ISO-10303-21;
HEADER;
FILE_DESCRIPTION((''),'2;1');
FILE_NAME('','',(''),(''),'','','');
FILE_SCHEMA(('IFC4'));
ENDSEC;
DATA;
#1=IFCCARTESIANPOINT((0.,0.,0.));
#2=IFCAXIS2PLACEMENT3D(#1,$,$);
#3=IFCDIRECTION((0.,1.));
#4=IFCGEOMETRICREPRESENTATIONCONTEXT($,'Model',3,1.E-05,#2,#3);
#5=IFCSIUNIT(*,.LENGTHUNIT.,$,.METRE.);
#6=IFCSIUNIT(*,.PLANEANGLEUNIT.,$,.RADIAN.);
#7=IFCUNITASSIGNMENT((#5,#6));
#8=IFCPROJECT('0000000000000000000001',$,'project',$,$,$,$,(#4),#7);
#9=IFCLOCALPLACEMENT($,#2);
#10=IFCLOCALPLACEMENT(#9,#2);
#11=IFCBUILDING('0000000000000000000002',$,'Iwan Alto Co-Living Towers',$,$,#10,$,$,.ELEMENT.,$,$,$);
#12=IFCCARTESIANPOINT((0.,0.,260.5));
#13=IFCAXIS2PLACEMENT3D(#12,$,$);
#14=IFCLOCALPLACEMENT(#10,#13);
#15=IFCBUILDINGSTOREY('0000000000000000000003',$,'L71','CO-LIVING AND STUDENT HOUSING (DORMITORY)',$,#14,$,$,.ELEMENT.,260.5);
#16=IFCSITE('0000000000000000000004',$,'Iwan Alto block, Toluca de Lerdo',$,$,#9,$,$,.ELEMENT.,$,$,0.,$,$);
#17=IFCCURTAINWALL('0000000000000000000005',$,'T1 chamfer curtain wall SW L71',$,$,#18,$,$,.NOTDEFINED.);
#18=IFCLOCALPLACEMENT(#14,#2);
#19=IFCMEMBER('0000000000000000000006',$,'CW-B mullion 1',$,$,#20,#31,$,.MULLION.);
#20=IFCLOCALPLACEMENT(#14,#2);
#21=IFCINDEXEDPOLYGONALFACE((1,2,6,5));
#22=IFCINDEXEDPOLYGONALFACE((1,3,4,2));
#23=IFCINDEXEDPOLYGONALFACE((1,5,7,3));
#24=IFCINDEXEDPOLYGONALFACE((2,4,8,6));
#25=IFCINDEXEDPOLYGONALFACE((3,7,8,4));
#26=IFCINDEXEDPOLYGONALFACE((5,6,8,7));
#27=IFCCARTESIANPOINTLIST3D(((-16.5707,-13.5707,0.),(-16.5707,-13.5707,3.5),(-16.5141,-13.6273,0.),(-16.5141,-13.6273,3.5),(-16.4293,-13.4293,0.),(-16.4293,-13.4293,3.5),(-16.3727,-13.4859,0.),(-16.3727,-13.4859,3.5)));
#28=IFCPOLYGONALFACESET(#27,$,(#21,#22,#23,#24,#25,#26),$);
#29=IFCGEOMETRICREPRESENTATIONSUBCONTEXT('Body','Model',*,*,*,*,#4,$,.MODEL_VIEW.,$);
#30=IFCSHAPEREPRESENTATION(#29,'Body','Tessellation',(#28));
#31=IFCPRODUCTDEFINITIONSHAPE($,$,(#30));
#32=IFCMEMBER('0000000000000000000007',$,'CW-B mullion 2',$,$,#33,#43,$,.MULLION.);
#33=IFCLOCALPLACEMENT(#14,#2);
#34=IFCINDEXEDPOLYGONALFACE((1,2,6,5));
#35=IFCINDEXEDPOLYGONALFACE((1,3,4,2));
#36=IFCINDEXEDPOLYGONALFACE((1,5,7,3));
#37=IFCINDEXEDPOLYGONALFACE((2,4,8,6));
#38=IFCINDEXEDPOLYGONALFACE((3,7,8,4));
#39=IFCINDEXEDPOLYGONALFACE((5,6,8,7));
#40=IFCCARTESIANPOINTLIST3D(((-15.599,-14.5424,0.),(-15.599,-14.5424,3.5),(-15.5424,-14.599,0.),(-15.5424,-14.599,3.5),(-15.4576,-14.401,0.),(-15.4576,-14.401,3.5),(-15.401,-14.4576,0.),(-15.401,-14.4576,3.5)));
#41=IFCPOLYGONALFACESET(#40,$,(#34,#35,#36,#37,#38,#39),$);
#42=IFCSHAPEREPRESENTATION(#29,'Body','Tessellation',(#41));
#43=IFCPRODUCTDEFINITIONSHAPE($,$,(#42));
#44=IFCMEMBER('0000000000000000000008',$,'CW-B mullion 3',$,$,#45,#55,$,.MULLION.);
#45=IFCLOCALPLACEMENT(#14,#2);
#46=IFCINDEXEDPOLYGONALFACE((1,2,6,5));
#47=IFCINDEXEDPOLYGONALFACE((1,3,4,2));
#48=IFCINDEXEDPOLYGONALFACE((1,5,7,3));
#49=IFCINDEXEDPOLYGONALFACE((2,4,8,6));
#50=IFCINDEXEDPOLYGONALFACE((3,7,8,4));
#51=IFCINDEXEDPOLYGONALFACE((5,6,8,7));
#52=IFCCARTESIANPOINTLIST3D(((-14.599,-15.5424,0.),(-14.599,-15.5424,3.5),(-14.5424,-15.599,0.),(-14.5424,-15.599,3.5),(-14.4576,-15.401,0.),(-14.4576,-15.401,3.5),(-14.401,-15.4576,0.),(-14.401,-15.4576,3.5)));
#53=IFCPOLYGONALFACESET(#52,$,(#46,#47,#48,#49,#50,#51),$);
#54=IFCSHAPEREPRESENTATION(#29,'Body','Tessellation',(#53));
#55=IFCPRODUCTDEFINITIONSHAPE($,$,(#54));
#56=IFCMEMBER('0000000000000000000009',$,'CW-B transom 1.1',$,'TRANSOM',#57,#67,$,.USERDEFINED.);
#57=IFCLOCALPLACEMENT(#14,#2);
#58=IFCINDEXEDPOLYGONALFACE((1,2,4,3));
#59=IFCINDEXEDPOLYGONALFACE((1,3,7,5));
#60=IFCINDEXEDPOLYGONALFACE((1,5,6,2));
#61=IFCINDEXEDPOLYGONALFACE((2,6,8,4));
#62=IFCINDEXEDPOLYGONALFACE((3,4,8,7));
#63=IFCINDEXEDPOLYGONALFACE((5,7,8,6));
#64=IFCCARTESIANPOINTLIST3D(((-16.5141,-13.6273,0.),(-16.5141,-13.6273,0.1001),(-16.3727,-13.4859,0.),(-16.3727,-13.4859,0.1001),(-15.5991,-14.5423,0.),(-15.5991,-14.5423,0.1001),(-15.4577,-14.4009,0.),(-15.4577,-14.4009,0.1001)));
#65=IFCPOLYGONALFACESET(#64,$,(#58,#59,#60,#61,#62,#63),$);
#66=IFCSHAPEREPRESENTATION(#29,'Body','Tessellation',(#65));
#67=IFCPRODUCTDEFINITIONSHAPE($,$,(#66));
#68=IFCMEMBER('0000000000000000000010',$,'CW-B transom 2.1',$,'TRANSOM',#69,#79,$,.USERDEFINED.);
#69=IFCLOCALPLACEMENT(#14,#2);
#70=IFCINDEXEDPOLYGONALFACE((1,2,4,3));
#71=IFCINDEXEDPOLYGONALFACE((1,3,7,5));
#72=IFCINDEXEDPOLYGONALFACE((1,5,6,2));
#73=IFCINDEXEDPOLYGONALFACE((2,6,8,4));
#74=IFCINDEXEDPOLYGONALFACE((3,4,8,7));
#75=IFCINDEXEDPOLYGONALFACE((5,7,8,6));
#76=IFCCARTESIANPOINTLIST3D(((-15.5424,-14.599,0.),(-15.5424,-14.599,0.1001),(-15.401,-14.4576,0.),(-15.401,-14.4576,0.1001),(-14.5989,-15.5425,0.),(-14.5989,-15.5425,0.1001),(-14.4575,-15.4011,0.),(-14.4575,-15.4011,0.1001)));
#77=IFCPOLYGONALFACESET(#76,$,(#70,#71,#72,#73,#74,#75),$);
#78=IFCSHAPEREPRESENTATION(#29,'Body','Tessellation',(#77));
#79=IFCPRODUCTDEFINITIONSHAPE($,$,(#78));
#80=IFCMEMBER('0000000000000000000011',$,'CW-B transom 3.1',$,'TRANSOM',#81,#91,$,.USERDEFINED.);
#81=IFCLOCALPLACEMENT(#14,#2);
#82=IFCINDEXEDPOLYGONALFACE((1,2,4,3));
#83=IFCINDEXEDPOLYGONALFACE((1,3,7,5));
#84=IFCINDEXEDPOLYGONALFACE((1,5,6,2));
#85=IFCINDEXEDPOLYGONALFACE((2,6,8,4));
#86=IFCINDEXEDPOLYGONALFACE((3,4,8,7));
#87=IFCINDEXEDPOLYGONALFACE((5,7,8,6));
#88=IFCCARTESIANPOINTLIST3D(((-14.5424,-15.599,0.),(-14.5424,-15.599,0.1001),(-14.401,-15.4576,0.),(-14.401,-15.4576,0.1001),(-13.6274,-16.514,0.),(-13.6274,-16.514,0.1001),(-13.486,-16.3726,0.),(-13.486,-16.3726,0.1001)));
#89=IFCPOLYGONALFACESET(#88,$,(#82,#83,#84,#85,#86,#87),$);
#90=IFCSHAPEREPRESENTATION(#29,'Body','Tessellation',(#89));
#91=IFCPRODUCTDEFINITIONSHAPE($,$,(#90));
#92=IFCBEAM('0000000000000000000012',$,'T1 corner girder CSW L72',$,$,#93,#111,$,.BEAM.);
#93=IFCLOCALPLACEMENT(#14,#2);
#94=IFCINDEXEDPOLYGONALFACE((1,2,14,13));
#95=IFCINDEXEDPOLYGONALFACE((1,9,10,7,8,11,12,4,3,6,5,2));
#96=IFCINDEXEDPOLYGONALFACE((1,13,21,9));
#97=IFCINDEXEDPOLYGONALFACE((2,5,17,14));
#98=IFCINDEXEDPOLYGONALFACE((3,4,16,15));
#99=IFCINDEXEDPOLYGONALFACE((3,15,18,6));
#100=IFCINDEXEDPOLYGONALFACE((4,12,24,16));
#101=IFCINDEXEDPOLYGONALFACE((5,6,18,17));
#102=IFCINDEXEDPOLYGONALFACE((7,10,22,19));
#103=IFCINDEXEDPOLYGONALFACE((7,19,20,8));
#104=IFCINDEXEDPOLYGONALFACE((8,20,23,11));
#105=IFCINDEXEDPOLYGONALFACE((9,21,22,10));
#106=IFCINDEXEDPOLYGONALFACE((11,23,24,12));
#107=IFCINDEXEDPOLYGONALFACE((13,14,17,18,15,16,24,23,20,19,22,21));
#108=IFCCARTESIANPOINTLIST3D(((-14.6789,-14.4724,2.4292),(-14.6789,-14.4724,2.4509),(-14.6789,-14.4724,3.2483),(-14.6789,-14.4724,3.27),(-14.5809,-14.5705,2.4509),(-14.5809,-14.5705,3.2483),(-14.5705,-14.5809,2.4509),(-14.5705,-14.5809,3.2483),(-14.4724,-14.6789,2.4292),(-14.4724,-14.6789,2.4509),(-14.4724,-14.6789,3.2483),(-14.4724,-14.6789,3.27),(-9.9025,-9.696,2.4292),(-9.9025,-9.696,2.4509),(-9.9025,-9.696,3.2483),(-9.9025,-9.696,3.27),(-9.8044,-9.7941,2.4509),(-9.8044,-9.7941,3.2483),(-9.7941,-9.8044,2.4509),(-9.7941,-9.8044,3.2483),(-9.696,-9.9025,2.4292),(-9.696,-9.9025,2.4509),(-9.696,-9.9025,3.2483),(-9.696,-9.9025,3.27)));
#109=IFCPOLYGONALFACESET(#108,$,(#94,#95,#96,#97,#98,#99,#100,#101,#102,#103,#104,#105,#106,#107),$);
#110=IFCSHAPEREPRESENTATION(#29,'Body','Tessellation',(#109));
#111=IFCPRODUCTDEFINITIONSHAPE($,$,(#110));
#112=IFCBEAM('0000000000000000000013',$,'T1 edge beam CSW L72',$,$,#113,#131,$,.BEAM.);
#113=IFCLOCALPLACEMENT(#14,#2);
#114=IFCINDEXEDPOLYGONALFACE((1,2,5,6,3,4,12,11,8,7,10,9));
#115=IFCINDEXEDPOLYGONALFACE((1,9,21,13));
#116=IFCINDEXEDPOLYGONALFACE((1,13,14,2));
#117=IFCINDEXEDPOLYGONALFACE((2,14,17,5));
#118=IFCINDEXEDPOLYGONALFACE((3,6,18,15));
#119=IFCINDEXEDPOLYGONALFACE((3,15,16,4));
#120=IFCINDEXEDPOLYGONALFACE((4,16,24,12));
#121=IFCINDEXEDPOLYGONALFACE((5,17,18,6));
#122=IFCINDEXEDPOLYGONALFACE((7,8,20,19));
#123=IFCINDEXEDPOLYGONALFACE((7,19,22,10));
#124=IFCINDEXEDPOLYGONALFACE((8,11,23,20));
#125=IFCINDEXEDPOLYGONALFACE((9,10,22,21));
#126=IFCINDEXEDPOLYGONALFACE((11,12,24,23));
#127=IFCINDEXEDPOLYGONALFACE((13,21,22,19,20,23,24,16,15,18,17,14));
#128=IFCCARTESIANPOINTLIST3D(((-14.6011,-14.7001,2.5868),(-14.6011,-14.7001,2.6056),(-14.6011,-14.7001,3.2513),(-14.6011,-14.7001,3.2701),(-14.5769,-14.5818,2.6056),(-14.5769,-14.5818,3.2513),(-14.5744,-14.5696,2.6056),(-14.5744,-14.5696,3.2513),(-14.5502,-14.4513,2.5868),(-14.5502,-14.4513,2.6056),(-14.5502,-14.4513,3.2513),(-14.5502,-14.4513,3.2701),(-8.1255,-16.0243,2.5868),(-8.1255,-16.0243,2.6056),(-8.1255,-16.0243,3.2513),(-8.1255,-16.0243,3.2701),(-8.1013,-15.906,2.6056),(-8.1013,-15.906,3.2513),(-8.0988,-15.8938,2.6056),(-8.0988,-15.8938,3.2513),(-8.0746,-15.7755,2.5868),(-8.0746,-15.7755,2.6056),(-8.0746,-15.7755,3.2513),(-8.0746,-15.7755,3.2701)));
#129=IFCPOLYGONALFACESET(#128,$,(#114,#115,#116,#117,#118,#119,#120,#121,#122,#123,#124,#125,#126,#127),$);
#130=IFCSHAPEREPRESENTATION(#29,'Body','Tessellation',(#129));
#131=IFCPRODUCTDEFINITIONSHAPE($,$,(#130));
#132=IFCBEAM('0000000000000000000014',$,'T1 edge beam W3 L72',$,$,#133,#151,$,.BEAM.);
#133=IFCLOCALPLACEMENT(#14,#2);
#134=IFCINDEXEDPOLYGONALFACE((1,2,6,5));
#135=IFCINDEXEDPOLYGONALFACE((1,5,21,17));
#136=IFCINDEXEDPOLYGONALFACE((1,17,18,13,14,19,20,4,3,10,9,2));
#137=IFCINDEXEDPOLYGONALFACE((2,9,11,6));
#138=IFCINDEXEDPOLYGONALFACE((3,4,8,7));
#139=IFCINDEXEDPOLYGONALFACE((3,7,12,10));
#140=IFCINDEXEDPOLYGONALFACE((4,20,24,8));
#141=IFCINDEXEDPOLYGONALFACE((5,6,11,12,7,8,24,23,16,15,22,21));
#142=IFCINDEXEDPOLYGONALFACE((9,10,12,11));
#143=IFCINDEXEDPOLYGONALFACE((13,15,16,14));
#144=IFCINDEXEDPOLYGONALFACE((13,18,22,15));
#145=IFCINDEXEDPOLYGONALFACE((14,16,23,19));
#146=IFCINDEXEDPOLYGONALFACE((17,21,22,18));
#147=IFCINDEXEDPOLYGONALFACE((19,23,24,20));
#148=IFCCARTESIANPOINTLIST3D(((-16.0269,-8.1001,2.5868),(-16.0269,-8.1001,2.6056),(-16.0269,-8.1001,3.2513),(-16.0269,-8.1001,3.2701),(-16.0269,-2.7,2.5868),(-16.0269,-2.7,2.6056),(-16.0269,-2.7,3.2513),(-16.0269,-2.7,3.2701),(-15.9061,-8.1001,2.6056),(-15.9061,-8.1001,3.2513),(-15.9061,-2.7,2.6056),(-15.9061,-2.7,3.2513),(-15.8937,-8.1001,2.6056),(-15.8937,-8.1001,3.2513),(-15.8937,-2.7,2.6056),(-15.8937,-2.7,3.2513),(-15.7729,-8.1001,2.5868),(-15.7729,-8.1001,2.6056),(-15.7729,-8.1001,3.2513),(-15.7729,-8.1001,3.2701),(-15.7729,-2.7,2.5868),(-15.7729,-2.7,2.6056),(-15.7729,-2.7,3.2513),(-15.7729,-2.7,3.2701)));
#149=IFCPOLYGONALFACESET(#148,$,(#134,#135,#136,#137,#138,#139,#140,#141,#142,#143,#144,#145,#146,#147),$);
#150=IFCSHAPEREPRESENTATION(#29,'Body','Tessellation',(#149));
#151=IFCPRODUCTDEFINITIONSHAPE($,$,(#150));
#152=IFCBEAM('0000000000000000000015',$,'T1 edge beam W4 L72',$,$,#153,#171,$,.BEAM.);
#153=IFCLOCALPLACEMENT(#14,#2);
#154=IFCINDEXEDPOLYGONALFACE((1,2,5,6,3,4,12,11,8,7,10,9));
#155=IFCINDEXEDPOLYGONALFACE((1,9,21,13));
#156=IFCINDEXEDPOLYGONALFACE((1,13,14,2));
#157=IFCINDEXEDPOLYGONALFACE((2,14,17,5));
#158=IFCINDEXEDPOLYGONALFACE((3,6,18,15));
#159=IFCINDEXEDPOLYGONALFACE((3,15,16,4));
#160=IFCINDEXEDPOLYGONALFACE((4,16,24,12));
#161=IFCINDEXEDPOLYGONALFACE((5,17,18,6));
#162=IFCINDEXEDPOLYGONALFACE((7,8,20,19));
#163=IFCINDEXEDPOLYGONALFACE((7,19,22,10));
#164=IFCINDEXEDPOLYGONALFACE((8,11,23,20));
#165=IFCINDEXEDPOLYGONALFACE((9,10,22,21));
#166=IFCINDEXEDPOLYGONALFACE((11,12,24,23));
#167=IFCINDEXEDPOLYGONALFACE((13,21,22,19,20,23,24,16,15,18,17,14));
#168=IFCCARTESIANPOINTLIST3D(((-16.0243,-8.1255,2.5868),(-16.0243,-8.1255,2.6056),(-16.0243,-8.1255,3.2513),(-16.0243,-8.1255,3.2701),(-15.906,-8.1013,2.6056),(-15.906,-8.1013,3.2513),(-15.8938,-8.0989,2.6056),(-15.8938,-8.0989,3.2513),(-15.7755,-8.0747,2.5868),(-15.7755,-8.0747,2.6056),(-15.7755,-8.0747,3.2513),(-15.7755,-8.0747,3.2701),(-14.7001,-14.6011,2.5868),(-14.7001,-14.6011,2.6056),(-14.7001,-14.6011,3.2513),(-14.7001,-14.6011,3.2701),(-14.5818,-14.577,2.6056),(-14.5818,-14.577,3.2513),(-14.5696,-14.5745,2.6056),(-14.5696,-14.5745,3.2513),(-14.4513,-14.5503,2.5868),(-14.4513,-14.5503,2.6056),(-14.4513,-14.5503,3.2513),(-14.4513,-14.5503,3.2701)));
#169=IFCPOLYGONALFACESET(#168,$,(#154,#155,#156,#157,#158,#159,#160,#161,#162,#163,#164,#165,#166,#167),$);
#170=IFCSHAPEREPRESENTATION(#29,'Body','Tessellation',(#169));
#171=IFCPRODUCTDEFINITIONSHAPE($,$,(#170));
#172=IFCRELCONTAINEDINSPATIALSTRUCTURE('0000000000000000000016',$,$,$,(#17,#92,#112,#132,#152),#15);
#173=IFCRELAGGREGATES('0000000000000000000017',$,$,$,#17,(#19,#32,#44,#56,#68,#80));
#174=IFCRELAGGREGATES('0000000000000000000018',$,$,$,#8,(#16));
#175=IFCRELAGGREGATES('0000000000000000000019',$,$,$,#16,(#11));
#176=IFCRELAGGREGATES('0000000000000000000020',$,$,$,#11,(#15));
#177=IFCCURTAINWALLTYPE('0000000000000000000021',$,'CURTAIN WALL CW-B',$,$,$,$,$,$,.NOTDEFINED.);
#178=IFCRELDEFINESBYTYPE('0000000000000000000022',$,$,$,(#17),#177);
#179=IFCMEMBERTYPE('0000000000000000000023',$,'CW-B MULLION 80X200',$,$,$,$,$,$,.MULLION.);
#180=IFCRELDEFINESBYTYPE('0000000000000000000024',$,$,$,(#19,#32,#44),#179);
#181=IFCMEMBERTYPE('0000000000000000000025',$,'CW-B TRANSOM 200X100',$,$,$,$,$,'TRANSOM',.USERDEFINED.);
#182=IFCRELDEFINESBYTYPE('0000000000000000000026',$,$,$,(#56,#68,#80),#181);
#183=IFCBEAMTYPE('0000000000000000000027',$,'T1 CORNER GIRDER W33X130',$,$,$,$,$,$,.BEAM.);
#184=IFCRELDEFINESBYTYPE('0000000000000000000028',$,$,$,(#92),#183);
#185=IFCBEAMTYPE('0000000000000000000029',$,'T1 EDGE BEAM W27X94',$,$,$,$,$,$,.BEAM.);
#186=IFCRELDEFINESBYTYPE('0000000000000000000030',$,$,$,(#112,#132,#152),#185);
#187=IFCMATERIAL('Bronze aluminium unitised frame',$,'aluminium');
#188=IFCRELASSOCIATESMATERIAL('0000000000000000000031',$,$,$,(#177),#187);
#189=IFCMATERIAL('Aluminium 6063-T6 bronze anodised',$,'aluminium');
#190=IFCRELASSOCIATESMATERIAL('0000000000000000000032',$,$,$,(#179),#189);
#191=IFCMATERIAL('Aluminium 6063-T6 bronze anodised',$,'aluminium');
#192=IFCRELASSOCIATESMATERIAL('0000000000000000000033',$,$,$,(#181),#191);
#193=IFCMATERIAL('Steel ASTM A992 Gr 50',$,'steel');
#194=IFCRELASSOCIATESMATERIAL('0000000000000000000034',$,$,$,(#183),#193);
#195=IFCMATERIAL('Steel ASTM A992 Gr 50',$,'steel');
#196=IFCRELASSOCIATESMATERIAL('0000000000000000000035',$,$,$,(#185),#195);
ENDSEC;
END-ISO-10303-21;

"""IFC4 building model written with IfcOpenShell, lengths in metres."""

from ifc_helpers import new_model, si_unit, direction, frame, origin, origin_2d, place, context, subcontext, project, spatial, rectangle, i_section, extrude, material, material_profile, profile_set, type_object, element, aggregate, save


model = new_model("IFC4")

# Units and contexts
model_context = context("Model", 3, precision=1e-05, world=origin(), true_north=direction((0.0, 1.0)))
body_context = subcontext(model_context, "Body", "Model", "MODEL_VIEW")
ifc_project = project(units=[si_unit("LENGTHUNIT", "METRE"), si_unit("PLANEANGLEUNIT", "RADIAN")], contexts=[model_context])

# Site, building, storey
site_placement = place(None, origin())
site = spatial("IfcSite", under=ifc_project, at=site_placement, Name="Iwan Alto block, Toluca de Lerdo", CompositionType="ELEMENT", RefElevation=0.0)
building_placement = place(site_placement, origin())
building = spatial("IfcBuilding", under=site, at=building_placement, Name="Iwan Alto Co-Living Towers", CompositionType="ELEMENT")
storey_placement = place(building_placement, frame((0.0, 0.0, 260.5)))
storey = spatial("IfcBuildingStorey", under=building, at=storey_placement, Name="L71", Description="CO-LIVING AND STUDENT HOUSING (DORMITORY)", CompositionType="ELEMENT", Elevation=260.5)

# Curtain wall, members
ifc_material_1 = material(Name="Bronze aluminium unitised frame", Category="aluminium")
curtain_wall_type_1 = type_object("IfcCurtainWallType", Name="CURTAIN WALL CW-B", PredefinedType="NOTDEFINED", material=ifc_material_1)
curtain_wall_1_placement = place(storey_placement, origin())
curtain_wall_1 = element("IfcCurtainWall", 1, at=curtain_wall_1_placement, inside=storey, type_object=curtain_wall_type_1, Name="T1 chamfer curtain wall SW L71", PredefinedType="NOTDEFINED")
ifc_material_2 = material(Name="Aluminium 6063-T6 bronze anodised", Category="aluminium")
ifc_material_profile_1 = material_profile(ifc_material_2, rectangle(XDim=0.2, YDim=0.0801, at=origin_2d()), Name="AL 80X200")
ifc_profile_set_1 = profile_set([ifc_material_profile_1], Name="Aluminium 6063-T6 bronze anodised")
member_type_1 = type_object("IfcMemberType", Name="CW-B MULLION 80X200", PredefinedType="MULLION", material=ifc_profile_set_1)
member_1_placement = place(storey_placement, frame((-16.4717, -13.5283, 0.0), z_axis=(0.0, 0.0, 1.0), x_axis=(0.707107, 0.707107, 0.0)))
member_1 = element("IfcMember", 2, at=member_1_placement, type_object=member_type_1, Name="CW-B mullion 1", PredefinedType="MULLION", context=body_context, shape_type="SweptSolid", body=[
    extrude(rectangle(XDim=0.2, YDim=0.0801, at=origin_2d()), origin(), (0.0, 0.0, 1.0), 3.5),
])
member_2_placement = place(storey_placement, frame((-15.5, -14.5, 0.0), z_axis=(0.0, 0.0, 1.0), x_axis=(0.707107, 0.707107, 0.0)))
member_2 = element("IfcMember", 3, at=member_2_placement, type_object=member_type_1, Name="CW-B mullion 2", PredefinedType="MULLION", context=body_context, shape_type="SweptSolid", body=[
    extrude(rectangle(XDim=0.2, YDim=0.0801, at=origin_2d()), origin(), (0.0, 0.0, 1.0), 3.5),
])
member_3_placement = place(storey_placement, frame((-14.5, -15.5, 0.0), z_axis=(0.0, 0.0, 1.0), x_axis=(0.707107, 0.707107, 0.0)))
member_3 = element("IfcMember", 4, at=member_3_placement, type_object=member_type_1, Name="CW-B mullion 3", PredefinedType="MULLION", context=body_context, shape_type="SweptSolid", body=[
    extrude(rectangle(XDim=0.2, YDim=0.0801, at=origin_2d()), origin(), (0.0, 0.0, 1.0), 3.5),
])
ifc_material_3 = material(Name="Aluminium 6063-T6 bronze anodised", Category="aluminium")
ifc_material_profile_2 = material_profile(ifc_material_3, rectangle(XDim=0.2, YDim=0.1001, at=origin_2d()), Name="AL 200X100")
ifc_profile_set_2 = profile_set([ifc_material_profile_2], Name="Aluminium 6063-T6 bronze anodised")
member_type_2 = type_object("IfcMemberType", Name="CW-B TRANSOM 200X100", ElementType="TRANSOM", PredefinedType="USERDEFINED", material=ifc_profile_set_2)
member_4_placement = place(storey_placement, frame((-16.4434, -13.5566, 0.05), z_axis=(0.707107, -0.707107, 0.0), x_axis=(0.707107, 0.707107, 0.0)))
member_4 = element("IfcMember", 5, at=member_4_placement, type_object=member_type_2, Name="CW-B transom 1.1", ObjectType="TRANSOM", PredefinedType="USERDEFINED", context=body_context, shape_type="SweptSolid", body=[
    extrude(rectangle(XDim=0.2, YDim=0.1001, at=origin_2d()), origin(), (0.0, 0.0, 1.0), 1.2939),
])
member_5_placement = place(storey_placement, frame((-15.4717, -14.5283, 0.05), z_axis=(0.707107, -0.707107, 0.0), x_axis=(0.707107, 0.707107, 0.0)))
member_5 = element("IfcMember", 6, at=member_5_placement, type_object=member_type_2, Name="CW-B transom 2.1", ObjectType="TRANSOM", PredefinedType="USERDEFINED", context=body_context, shape_type="SweptSolid", body=[
    extrude(rectangle(XDim=0.2, YDim=0.1001, at=origin_2d()), origin(), (0.0, 0.0, 1.0), 1.3342),
])
member_6_placement = place(storey_placement, frame((-14.4717, -15.5283, 0.05), z_axis=(0.707107, -0.707107, 0.0), x_axis=(0.707107, 0.707107, 0.0)))
member_6 = element("IfcMember", 7, at=member_6_placement, type_object=member_type_2, Name="CW-B transom 3.1", ObjectType="TRANSOM", PredefinedType="USERDEFINED", context=body_context, shape_type="SweptSolid", body=[
    extrude(rectangle(XDim=0.2, YDim=0.1001, at=origin_2d()), origin(), (0.0, 0.0, 1.0), 1.2939),
])

# Beams
ifc_material_4 = material(Name="Steel ASTM A992 Gr 50", Category="steel")
ifc_material_profile_3 = material_profile(ifc_material_4, i_section(OverallWidth=0.292, OverallDepth=0.8408, WebThickness=0.0146, FlangeThickness=0.0217, at=origin_2d()), Name="W33X130")
ifc_profile_set_3 = profile_set([ifc_material_profile_3], Name="Steel ASTM A992 Gr 50")
beam_type_1 = type_object("IfcBeamType", Name="T1 CORNER GIRDER W33X130", PredefinedType="BEAM", material=ifc_profile_set_3)
beam_1_placement = place(storey_placement, frame((-14.5757, -14.5757, 2.8496), z_axis=(0.707107, 0.707107, 0.0), x_axis=(-0.707107, 0.707107, 0.0)))
element("IfcBeam", 8, at=beam_1_placement, inside=storey, type_object=beam_type_1, Name="T1 corner girder CSW L72", PredefinedType="BEAM", context=body_context, shape_type="SweptSolid", body=[
    extrude(i_section(OverallWidth=0.292, OverallDepth=0.8408, WebThickness=0.0146, FlangeThickness=0.0217, at=origin_2d()), origin(), (0.0, 0.0, 1.0), 6.7549),
])
ifc_material_5 = material(Name="Steel ASTM A992 Gr 50", Category="steel")
ifc_material_profile_4 = material_profile(ifc_material_5, i_section(OverallWidth=0.2539, OverallDepth=0.6833, WebThickness=0.0125, FlangeThickness=0.0188, at=origin_2d()), Name="W27X94")
ifc_profile_set_4 = profile_set([ifc_material_profile_4], Name="Steel ASTM A992 Gr 50")
beam_type_2 = type_object("IfcBeamType", Name="T1 EDGE BEAM W27X94", PredefinedType="BEAM", material=ifc_profile_set_4)
beam_2_placement = place(storey_placement, frame((-14.5757, -14.5757, 2.9285), z_axis=(0.979725, -0.200348, 0.0), x_axis=(0.200348, 0.979725, 0.0)))
element("IfcBeam", 9, at=beam_2_placement, inside=storey, type_object=beam_type_2, Name="T1 edge beam CSW L72", PredefinedType="BEAM", context=body_context, shape_type="SweptSolid", body=[
    extrude(i_section(OverallWidth=0.2539, OverallDepth=0.6833, WebThickness=0.0125, FlangeThickness=0.0188, at=origin_2d()), origin(), (0.0, 0.0, 1.0), 6.6096),
])
beam_3_placement = place(storey_placement, frame((-15.8999, -2.7, 2.9285), z_axis=(0.0, -1.0, 0.0), x_axis=(1.0, 0.0, 0.0)))
element("IfcBeam", 10, at=beam_3_placement, inside=storey, type_object=beam_type_2, Name="T1 edge beam W3 L72", PredefinedType="BEAM", context=body_context, shape_type="SweptSolid", body=[
    extrude(i_section(OverallWidth=0.2539, OverallDepth=0.6833, WebThickness=0.0125, FlangeThickness=0.0188, at=origin_2d()), origin(), (0.0, 0.0, 1.0), 5.4001),
])
beam_4_placement = place(storey_placement, frame((-15.8999, -8.1001, 2.9285), z_axis=(0.200348, -0.979725, 0.0), x_axis=(0.979725, 0.200348, 0.0)))
element("IfcBeam", 11, at=beam_4_placement, inside=storey, type_object=beam_type_2, Name="T1 edge beam W4 L72", PredefinedType="BEAM", context=body_context, shape_type="SweptSolid", body=[
    extrude(i_section(OverallWidth=0.2539, OverallDepth=0.6833, WebThickness=0.0125, FlangeThickness=0.0188, at=origin_2d()), origin(), (0.0, 0.0, 1.0), 6.6096),
])

aggregate(curtain_wall_1, [member_1, member_2, member_3, member_4, member_5, member_6])

save(model, "model.ifc")
